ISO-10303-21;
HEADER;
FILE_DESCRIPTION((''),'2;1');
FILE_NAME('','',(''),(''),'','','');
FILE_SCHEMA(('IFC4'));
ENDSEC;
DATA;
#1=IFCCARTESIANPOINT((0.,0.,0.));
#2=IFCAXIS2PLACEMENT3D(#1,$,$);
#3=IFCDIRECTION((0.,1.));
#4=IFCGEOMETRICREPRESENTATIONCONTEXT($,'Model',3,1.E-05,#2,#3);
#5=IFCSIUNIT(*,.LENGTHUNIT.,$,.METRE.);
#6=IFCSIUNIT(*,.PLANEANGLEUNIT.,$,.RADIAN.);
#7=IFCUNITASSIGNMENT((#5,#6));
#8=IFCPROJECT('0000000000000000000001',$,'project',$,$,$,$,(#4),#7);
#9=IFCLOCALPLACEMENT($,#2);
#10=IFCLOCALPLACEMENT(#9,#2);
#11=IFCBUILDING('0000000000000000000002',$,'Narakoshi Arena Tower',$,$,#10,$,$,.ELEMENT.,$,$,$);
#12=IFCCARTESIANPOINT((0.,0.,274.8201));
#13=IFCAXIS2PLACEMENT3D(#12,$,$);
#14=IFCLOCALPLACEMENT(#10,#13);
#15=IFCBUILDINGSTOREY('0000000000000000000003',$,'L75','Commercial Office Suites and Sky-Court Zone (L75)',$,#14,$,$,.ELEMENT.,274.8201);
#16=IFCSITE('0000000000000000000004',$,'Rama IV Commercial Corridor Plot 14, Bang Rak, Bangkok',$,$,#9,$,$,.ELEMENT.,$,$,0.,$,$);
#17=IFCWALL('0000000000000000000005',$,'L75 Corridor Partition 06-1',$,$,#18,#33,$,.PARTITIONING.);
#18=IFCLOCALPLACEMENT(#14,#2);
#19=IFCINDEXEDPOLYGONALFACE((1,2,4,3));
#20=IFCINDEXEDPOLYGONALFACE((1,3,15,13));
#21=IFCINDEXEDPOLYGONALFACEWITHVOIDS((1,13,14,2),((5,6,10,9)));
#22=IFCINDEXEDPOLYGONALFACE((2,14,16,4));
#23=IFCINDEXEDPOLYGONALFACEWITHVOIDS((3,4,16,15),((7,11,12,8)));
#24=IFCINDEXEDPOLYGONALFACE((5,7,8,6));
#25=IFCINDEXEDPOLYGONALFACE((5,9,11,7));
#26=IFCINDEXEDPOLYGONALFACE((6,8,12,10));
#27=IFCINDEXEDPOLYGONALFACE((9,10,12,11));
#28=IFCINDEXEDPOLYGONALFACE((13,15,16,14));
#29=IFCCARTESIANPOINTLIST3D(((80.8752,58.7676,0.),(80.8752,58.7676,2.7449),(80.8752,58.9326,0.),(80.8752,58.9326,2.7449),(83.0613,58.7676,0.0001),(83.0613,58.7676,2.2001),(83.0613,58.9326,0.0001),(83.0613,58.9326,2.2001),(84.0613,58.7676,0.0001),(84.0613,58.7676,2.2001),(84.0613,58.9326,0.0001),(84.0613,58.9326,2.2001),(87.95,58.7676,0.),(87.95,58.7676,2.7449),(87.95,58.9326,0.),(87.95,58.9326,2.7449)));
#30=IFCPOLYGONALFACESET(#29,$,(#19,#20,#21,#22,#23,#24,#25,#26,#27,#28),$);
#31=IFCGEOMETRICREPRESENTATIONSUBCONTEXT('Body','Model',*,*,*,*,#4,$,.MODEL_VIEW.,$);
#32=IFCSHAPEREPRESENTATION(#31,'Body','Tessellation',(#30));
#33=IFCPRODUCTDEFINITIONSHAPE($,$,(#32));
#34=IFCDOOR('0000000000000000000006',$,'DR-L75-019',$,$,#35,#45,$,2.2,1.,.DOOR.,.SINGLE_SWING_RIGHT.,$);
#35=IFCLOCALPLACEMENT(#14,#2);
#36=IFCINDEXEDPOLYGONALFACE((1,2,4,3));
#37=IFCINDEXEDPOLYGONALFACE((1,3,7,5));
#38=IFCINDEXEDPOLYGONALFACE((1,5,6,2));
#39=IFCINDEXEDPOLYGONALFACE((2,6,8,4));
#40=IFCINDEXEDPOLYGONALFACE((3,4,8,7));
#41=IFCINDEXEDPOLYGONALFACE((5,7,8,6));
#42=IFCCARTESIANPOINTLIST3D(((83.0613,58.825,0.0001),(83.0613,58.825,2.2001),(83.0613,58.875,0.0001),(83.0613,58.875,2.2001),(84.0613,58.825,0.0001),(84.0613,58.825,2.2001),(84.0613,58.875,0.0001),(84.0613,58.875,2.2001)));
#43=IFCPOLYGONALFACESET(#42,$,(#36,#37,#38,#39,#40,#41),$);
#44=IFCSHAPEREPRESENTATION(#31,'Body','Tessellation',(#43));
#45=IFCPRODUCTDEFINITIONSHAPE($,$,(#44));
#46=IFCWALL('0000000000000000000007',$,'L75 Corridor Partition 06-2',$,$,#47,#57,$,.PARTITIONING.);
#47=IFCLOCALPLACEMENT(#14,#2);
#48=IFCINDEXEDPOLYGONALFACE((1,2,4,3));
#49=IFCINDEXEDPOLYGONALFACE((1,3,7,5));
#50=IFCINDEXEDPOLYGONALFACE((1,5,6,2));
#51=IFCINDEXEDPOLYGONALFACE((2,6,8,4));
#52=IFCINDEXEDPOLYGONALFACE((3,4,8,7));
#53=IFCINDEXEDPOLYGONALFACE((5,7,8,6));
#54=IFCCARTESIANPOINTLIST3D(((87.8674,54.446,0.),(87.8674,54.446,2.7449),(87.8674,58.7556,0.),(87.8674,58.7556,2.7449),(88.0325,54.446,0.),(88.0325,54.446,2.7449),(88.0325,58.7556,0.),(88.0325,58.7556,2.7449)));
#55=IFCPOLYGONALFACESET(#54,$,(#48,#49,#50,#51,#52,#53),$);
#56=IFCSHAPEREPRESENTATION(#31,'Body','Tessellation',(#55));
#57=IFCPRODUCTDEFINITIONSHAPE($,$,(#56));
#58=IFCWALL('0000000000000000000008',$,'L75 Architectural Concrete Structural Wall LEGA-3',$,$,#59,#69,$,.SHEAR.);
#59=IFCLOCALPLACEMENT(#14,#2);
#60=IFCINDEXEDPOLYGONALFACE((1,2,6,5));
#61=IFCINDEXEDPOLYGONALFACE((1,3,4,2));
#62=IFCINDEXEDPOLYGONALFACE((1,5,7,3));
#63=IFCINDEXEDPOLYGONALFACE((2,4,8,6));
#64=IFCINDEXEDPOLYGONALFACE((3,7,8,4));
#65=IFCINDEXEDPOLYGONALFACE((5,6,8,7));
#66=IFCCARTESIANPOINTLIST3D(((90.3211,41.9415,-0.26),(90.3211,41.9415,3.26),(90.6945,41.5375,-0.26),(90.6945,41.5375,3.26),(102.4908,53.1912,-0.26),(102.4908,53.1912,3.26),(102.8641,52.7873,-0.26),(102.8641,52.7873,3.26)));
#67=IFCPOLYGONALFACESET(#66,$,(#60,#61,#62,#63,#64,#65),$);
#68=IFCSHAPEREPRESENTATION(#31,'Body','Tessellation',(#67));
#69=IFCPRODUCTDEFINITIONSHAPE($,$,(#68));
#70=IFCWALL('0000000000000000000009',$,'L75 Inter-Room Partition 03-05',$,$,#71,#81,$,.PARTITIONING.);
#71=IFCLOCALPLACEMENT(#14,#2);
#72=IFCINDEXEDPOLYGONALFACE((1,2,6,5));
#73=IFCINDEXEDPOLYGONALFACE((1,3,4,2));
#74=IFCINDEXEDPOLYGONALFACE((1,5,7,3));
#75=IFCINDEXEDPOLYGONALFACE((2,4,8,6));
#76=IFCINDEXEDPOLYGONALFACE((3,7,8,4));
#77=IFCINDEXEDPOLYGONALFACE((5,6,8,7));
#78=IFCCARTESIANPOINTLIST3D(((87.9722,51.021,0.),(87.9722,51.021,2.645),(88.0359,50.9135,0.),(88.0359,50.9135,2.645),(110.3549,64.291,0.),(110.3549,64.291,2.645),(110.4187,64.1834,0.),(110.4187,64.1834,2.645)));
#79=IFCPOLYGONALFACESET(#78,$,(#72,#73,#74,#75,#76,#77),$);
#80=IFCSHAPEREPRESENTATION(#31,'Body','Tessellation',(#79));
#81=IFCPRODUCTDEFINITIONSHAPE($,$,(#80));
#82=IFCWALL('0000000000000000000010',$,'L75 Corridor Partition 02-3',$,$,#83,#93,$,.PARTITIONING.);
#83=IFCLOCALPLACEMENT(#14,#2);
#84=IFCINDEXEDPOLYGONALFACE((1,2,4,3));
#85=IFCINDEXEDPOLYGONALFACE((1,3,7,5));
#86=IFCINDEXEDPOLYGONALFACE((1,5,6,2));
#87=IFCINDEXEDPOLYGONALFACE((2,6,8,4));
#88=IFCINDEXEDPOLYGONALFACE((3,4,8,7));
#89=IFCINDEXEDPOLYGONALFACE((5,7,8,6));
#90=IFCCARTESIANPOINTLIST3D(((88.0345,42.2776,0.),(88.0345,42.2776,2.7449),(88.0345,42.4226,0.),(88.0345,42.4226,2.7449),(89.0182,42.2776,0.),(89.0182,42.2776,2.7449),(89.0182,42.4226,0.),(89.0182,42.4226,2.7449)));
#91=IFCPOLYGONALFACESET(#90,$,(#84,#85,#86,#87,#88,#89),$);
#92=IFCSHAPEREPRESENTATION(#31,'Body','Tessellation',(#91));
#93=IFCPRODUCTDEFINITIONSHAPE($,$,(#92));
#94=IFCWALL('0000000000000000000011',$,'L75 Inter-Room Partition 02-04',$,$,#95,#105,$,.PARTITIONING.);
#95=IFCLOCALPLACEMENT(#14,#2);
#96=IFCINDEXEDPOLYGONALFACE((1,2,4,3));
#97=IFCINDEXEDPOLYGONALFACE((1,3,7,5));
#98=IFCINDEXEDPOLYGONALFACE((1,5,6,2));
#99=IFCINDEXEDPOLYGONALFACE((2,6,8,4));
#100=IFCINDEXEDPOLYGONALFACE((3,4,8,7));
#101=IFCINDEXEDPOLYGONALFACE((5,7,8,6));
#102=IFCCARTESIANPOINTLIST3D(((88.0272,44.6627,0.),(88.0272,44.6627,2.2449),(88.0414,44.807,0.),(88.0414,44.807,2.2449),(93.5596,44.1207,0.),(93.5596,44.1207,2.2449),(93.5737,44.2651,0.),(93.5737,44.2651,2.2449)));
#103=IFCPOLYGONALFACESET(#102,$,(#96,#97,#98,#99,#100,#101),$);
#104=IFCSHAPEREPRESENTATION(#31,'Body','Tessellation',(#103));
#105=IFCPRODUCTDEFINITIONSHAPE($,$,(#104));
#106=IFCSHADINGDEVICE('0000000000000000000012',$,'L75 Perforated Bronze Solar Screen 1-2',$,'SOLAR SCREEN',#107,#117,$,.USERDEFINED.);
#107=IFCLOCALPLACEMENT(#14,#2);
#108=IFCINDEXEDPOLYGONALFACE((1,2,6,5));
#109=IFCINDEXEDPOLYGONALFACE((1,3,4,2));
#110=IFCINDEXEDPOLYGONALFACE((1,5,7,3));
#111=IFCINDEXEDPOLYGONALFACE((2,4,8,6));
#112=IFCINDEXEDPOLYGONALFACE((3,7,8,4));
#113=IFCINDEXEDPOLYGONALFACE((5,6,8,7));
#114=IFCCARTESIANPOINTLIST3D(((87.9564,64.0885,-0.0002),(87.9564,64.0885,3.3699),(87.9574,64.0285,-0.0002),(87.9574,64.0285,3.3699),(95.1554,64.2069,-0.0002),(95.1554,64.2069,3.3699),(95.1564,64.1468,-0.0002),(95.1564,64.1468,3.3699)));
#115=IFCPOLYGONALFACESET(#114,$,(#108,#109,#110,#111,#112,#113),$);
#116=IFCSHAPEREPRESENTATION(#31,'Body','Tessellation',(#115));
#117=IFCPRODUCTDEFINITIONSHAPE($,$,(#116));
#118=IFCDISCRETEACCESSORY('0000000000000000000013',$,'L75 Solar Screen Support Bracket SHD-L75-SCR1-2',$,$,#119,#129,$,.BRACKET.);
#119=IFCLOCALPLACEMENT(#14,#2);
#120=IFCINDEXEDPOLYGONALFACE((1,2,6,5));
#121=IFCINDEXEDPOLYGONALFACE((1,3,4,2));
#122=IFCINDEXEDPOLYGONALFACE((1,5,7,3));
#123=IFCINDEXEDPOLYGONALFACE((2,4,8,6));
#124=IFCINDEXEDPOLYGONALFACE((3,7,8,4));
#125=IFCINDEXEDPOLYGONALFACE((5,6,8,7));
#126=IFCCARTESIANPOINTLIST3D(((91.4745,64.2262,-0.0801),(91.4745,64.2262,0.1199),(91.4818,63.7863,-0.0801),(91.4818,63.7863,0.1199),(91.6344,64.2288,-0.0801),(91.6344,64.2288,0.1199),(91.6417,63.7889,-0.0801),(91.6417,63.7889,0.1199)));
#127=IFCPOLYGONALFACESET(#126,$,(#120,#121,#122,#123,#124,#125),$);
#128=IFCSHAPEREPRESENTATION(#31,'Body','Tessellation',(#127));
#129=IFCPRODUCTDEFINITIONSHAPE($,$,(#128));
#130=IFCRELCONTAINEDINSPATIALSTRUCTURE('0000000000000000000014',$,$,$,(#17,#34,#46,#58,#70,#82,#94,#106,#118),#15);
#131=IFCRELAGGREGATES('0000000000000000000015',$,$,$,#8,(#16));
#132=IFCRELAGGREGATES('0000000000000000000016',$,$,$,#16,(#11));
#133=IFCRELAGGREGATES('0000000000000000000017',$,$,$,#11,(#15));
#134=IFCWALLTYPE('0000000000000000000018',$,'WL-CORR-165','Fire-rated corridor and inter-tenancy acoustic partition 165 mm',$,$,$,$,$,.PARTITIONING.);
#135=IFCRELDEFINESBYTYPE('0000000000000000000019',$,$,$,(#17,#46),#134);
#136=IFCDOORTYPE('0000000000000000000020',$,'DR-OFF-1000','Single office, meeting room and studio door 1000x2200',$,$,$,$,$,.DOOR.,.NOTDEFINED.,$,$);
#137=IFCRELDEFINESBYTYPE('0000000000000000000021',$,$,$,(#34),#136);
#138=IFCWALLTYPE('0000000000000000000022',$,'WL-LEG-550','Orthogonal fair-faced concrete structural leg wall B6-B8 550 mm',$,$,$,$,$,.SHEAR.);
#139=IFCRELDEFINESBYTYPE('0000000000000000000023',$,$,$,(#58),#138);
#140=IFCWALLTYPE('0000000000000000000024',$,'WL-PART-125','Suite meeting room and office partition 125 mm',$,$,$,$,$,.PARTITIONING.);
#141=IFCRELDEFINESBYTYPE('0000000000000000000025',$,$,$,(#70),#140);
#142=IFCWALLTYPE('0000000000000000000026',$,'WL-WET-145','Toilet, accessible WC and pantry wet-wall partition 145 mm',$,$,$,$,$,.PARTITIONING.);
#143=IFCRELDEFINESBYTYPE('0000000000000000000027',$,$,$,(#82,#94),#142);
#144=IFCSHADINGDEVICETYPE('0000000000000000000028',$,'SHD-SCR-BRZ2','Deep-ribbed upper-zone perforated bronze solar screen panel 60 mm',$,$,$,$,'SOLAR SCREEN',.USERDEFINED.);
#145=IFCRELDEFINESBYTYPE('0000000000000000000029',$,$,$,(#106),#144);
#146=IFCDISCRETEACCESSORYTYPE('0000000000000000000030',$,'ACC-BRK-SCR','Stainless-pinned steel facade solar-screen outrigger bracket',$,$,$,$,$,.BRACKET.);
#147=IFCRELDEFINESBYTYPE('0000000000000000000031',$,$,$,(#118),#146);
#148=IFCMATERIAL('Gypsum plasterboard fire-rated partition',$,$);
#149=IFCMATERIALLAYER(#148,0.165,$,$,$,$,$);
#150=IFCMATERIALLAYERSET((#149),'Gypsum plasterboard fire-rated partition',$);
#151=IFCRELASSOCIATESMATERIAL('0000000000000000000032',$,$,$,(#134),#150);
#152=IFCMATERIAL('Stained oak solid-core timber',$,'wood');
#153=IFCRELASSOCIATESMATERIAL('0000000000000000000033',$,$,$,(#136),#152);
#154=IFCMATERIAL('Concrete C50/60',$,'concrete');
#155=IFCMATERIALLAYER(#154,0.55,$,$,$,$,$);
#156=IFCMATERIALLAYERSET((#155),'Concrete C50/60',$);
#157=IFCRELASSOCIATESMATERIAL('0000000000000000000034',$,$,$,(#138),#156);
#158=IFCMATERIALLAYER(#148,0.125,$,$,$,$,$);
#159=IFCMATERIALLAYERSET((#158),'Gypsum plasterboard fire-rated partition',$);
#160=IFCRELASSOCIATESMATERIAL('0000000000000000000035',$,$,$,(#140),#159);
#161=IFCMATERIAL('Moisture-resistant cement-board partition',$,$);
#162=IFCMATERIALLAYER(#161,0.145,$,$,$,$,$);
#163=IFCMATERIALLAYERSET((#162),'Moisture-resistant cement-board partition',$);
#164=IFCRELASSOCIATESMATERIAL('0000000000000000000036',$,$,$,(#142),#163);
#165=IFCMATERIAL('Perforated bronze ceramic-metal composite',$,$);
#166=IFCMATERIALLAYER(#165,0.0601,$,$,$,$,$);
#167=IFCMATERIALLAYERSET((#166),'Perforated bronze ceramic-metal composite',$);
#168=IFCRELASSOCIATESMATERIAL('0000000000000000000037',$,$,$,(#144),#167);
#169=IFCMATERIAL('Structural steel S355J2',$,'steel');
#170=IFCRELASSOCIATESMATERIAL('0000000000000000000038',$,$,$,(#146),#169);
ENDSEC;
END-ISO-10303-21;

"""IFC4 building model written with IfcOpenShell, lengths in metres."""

from ifc_helpers import new_model, si_unit, direction, frame, frame_2d, origin, origin_2d, place, context, subcontext, project, spatial, rectangle, extrude, material, layer, layer_set, type_object, element, fill, save


model = new_model("IFC4")

# Units and contexts
model_context = context("Model", 3, precision=1e-05, world=origin(), true_north=direction((0.0, 1.0)))
body_context = subcontext(model_context, "Body", "Model", "MODEL_VIEW")
ifc_project = project(units=[si_unit("LENGTHUNIT", "METRE"), si_unit("PLANEANGLEUNIT", "RADIAN")], contexts=[model_context])

# Site, building, storey
site_placement = place(None, origin())
site = spatial("IfcSite", under=ifc_project, at=site_placement, Name="Rama IV Commercial Corridor Plot 14, Bang Rak, Bangkok", CompositionType="ELEMENT", RefElevation=0.0)
building_placement = place(site_placement, origin())
building = spatial("IfcBuilding", under=site, at=building_placement, Name="Narakoshi Arena Tower", CompositionType="ELEMENT")
storey_placement = place(building_placement, frame((0.0, 0.0, 274.8201)))
storey = spatial("IfcBuildingStorey", under=building, at=storey_placement, Name="L75", Description="Commercial Office Suites and Sky-Court Zone (L75)", CompositionType="ELEMENT", Elevation=274.8201)

# Shared definitions
ifc_material_1 = material(Name="Concrete C50/60", Category="concrete")

# Shared definitions
ifc_material_2 = material(Name="Structural steel S355J2", Category="steel")

# Wall, opening, door
ifc_material_3 = material(Name="Gypsum plasterboard fire-rated partition")
ifc_layer_1 = layer(ifc_material_3, 0.165)
ifc_layer_set_1 = layer_set([ifc_layer_1], Name="Gypsum plasterboard fire-rated partition")
wall_type_1 = type_object("IfcWallType", Name="WL-CORR-165", Description="Fire-rated corridor and inter-tenancy acoustic partition 165 mm", PredefinedType="PARTITIONING", material=ifc_layer_set_1)
wall_1_placement = place(storey_placement, frame((87.95, 58.8501, 0.0), z_axis=(0.0, 0.0, 1.0), x_axis=(-1.0, 0.0, 0.0)))
wall_1 = element("IfcWall", 1, at=wall_1_placement, inside=storey, type_object=wall_type_1, Name="L75 Corridor Partition 06-1", PredefinedType="PARTITIONING", context=body_context, shape_type="SweptSolid", body=[
    extrude(rectangle(XDim=7.0747, YDim=0.165, at=frame_2d((3.5374, 0.0))), origin(), (0.0, 0.0, 1.0), 2.7449),
])
opening_1_placement = place(wall_1_placement, frame((3.8887, 0.0, 0.0)))
opening_1 = element("IfcOpeningElement", 2, at=opening_1_placement, cuts=wall_1, PredefinedType="OPENING", context=body_context, shape_type="SweptSolid", body=[
    extrude(rectangle(XDim=1.0, YDim=2.2, at=frame_2d((0.5, 1.1001))), frame((0.0, 0.0925, 0.0), z_axis=(0.0, -1.0, 0.0), x_axis=(1.0, 0.0, 0.0)), (0.0, 0.0, 1.0), 0.1851),
])
ifc_material_4 = material(Name="Stained oak solid-core timber", Category="wood")
door_type_1 = type_object("IfcDoorType", Name="DR-OFF-1000", Description="Single office, meeting room and studio door 1000x2200", OperationType="NOTDEFINED", PredefinedType="DOOR", material=ifc_material_4)
door_1_placement = place(opening_1_placement, frame((1.0, 0.0, 0.0), z_axis=(0.0, 0.0, 1.0), x_axis=(-1.0, 0.0, 0.0)))
door_1 = element("IfcDoor", 3, at=door_1_placement, inside=storey, type_object=door_type_1, Name="DR-L75-019", OperationType="SINGLE_SWING_RIGHT", OverallHeight=2.2, OverallWidth=1.0, PredefinedType="DOOR", context=body_context, shape_type="SweptSolid", body=[
    extrude(rectangle(XDim=1.0, YDim=2.2, at=frame_2d((0.5, 1.1001))), frame((0.0, 0.0249, 0.0), z_axis=(0.0, -1.0, 0.0), x_axis=(1.0, 0.0, 0.0)), (0.0, 0.0, 1.0), 0.05),
])
fill(opening_1, door_1)

# Walls
wall_2_placement = place(storey_placement, frame((87.95, 54.446, 0.0), z_axis=(0.0, 0.0, 1.0), x_axis=(0.0, 1.0, 0.0)))
element("IfcWall", 4, at=wall_2_placement, inside=storey, type_object=wall_type_1, Name="L75 Corridor Partition 06-2", PredefinedType="PARTITIONING", context=body_context, shape_type="SweptSolid", body=[
    extrude(rectangle(XDim=4.3096, YDim=0.165, at=frame_2d((2.1548, 0.0))), origin(), (0.0, 0.0, 1.0), 2.7449),
])
ifc_layer_2 = layer(ifc_material_1, 0.55)
ifc_layer_set_2 = layer_set([ifc_layer_2], Name="Concrete C50/60")
wall_type_2 = type_object("IfcWallType", Name="WL-LEG-550", Description="Orthogonal fair-faced concrete structural leg wall B6-B8 550 mm", PredefinedType="SHEAR", material=ifc_layer_set_2)
wall_3_placement = place(storey_placement, frame((90.5078, 41.7395, -0.26), z_axis=(0.0, 0.0, 1.0), x_axis=(0.734316, 0.678808, 0.0)))
element("IfcWall", 5, at=wall_3_placement, inside=storey, type_object=wall_type_2, Name="L75 Architectural Concrete Structural Wall LEGA-3", PredefinedType="SHEAR", context=body_context, shape_type="SweptSolid", body=[
    extrude(rectangle(XDim=16.5728, YDim=0.55, at=frame_2d((8.2864, 0.0))), origin(), (0.0, 0.0, 1.0), 3.52),
])
ifc_layer_3 = layer(ifc_material_3, 0.125)
ifc_layer_set_3 = layer_set([ifc_layer_3], Name="Gypsum plasterboard fire-rated partition")
wall_type_3 = type_object("IfcWallType", Name="WL-PART-125", Description="Suite meeting room and office partition 125 mm", PredefinedType="PARTITIONING", material=ifc_layer_set_3)
wall_4_placement = place(storey_placement, frame((88.0042, 50.9673, 0.0), z_axis=(0.0, 0.0, 1.0), x_axis=(0.860188, 0.509977, 0.0)))
element("IfcWall", 6, at=wall_4_placement, inside=storey, type_object=wall_type_3, Name="L75 Inter-Room Partition 03-05", PredefinedType="PARTITIONING", context=body_context, shape_type="SweptSolid", body=[
    extrude(rectangle(XDim=26.0208, YDim=0.125, at=frame_2d((13.0103, 0.0))), origin(), (0.0, 0.0, 1.0), 2.645),
])
ifc_material_5 = material(Name="Moisture-resistant cement-board partition")
ifc_layer_4 = layer(ifc_material_5, 0.145)
ifc_layer_set_4 = layer_set([ifc_layer_4], Name="Moisture-resistant cement-board partition")
wall_type_4 = type_object("IfcWallType", Name="WL-WET-145", Description="Toilet, accessible WC and pantry wet-wall partition 145 mm", PredefinedType="PARTITIONING", material=ifc_layer_set_4)
wall_5_placement = place(storey_placement, frame((89.0181, 42.3501, 0.0), z_axis=(0.0, 0.0, 1.0), x_axis=(-1.0, 0.0, 0.0)))
element("IfcWall", 7, at=wall_5_placement, inside=storey, type_object=wall_type_4, Name="L75 Corridor Partition 02-3", PredefinedType="PARTITIONING", context=body_context, shape_type="SweptSolid", body=[
    extrude(rectangle(XDim=0.9836, YDim=0.145, at=frame_2d((0.4917, 0.0))), origin(), (0.0, 0.0, 1.0), 2.7449),
])
wall_6_placement = place(storey_placement, frame((88.0344, 44.7349, 0.0), z_axis=(0.0, 0.0, 1.0), x_axis=(0.995236, -0.097499, 0.0)))
element("IfcWall", 8, at=wall_6_placement, inside=storey, type_object=wall_type_4, Name="L75 Inter-Room Partition 02-04", PredefinedType="PARTITIONING", context=body_context, shape_type="SweptSolid", body=[
    extrude(rectangle(XDim=5.5588, YDim=0.145, at=frame_2d((2.7793, 0.0))), origin(), (0.0, 0.0, 1.0), 2.2449),
])

# Shading device
ifc_material_6 = material(Name="Perforated bronze ceramic-metal composite")
ifc_layer_5 = layer(ifc_material_6, 0.0601)
ifc_layer_set_5 = layer_set([ifc_layer_5], Name="Perforated bronze ceramic-metal composite")
shading_device_type = type_object("IfcShadingDeviceType", Name="SHD-SCR-BRZ2", Description="Deep-ribbed upper-zone perforated bronze solar screen panel 60 mm", ElementType="SOLAR SCREEN", PredefinedType="USERDEFINED", material=ifc_layer_set_5)
shading_device_placement = place(storey_placement, frame((91.5564, 64.1177, -0.0002), z_axis=(0.0, 0.0, 1.0), x_axis=(-0.999865, -0.01644, 0.0)))
element("IfcShadingDevice", 9, at=shading_device_placement, inside=storey, type_object=shading_device_type, Name="L75 Perforated Bronze Solar Screen 1-2", ObjectType="SOLAR SCREEN", PredefinedType="USERDEFINED", context=body_context, shape_type="SweptSolid", body=[
    extrude(rectangle(XDim=7.2, YDim=0.0601, at=origin_2d()), origin(), (0.0, 0.0, 1.0), 3.3701),
])

# Discrete accessory
discrete_accessory_type = type_object("IfcDiscreteAccessoryType", Name="ACC-BRK-SCR", Description="Stainless-pinned steel facade solar-screen outrigger bracket", PredefinedType="BRACKET", material=ifc_material_2)
discrete_accessory_placement = place(storey_placement, frame((91.5581, 64.0076, -0.0801), z_axis=(0.0, 0.0, 1.0), x_axis=(-0.999865, -0.01644, 0.0)))
element("IfcDiscreteAccessory", 10, at=discrete_accessory_placement, inside=storey, type_object=discrete_accessory_type, Name="L75 Solar Screen Support Bracket SHD-L75-SCR1-2", PredefinedType="BRACKET", context=body_context, shape_type="SweptSolid", body=[
    extrude(rectangle(XDim=0.1599, YDim=0.4399, at=origin_2d()), origin(), (0.0, 0.0, 1.0), 0.2),
])

save(model, "model.ifc")
